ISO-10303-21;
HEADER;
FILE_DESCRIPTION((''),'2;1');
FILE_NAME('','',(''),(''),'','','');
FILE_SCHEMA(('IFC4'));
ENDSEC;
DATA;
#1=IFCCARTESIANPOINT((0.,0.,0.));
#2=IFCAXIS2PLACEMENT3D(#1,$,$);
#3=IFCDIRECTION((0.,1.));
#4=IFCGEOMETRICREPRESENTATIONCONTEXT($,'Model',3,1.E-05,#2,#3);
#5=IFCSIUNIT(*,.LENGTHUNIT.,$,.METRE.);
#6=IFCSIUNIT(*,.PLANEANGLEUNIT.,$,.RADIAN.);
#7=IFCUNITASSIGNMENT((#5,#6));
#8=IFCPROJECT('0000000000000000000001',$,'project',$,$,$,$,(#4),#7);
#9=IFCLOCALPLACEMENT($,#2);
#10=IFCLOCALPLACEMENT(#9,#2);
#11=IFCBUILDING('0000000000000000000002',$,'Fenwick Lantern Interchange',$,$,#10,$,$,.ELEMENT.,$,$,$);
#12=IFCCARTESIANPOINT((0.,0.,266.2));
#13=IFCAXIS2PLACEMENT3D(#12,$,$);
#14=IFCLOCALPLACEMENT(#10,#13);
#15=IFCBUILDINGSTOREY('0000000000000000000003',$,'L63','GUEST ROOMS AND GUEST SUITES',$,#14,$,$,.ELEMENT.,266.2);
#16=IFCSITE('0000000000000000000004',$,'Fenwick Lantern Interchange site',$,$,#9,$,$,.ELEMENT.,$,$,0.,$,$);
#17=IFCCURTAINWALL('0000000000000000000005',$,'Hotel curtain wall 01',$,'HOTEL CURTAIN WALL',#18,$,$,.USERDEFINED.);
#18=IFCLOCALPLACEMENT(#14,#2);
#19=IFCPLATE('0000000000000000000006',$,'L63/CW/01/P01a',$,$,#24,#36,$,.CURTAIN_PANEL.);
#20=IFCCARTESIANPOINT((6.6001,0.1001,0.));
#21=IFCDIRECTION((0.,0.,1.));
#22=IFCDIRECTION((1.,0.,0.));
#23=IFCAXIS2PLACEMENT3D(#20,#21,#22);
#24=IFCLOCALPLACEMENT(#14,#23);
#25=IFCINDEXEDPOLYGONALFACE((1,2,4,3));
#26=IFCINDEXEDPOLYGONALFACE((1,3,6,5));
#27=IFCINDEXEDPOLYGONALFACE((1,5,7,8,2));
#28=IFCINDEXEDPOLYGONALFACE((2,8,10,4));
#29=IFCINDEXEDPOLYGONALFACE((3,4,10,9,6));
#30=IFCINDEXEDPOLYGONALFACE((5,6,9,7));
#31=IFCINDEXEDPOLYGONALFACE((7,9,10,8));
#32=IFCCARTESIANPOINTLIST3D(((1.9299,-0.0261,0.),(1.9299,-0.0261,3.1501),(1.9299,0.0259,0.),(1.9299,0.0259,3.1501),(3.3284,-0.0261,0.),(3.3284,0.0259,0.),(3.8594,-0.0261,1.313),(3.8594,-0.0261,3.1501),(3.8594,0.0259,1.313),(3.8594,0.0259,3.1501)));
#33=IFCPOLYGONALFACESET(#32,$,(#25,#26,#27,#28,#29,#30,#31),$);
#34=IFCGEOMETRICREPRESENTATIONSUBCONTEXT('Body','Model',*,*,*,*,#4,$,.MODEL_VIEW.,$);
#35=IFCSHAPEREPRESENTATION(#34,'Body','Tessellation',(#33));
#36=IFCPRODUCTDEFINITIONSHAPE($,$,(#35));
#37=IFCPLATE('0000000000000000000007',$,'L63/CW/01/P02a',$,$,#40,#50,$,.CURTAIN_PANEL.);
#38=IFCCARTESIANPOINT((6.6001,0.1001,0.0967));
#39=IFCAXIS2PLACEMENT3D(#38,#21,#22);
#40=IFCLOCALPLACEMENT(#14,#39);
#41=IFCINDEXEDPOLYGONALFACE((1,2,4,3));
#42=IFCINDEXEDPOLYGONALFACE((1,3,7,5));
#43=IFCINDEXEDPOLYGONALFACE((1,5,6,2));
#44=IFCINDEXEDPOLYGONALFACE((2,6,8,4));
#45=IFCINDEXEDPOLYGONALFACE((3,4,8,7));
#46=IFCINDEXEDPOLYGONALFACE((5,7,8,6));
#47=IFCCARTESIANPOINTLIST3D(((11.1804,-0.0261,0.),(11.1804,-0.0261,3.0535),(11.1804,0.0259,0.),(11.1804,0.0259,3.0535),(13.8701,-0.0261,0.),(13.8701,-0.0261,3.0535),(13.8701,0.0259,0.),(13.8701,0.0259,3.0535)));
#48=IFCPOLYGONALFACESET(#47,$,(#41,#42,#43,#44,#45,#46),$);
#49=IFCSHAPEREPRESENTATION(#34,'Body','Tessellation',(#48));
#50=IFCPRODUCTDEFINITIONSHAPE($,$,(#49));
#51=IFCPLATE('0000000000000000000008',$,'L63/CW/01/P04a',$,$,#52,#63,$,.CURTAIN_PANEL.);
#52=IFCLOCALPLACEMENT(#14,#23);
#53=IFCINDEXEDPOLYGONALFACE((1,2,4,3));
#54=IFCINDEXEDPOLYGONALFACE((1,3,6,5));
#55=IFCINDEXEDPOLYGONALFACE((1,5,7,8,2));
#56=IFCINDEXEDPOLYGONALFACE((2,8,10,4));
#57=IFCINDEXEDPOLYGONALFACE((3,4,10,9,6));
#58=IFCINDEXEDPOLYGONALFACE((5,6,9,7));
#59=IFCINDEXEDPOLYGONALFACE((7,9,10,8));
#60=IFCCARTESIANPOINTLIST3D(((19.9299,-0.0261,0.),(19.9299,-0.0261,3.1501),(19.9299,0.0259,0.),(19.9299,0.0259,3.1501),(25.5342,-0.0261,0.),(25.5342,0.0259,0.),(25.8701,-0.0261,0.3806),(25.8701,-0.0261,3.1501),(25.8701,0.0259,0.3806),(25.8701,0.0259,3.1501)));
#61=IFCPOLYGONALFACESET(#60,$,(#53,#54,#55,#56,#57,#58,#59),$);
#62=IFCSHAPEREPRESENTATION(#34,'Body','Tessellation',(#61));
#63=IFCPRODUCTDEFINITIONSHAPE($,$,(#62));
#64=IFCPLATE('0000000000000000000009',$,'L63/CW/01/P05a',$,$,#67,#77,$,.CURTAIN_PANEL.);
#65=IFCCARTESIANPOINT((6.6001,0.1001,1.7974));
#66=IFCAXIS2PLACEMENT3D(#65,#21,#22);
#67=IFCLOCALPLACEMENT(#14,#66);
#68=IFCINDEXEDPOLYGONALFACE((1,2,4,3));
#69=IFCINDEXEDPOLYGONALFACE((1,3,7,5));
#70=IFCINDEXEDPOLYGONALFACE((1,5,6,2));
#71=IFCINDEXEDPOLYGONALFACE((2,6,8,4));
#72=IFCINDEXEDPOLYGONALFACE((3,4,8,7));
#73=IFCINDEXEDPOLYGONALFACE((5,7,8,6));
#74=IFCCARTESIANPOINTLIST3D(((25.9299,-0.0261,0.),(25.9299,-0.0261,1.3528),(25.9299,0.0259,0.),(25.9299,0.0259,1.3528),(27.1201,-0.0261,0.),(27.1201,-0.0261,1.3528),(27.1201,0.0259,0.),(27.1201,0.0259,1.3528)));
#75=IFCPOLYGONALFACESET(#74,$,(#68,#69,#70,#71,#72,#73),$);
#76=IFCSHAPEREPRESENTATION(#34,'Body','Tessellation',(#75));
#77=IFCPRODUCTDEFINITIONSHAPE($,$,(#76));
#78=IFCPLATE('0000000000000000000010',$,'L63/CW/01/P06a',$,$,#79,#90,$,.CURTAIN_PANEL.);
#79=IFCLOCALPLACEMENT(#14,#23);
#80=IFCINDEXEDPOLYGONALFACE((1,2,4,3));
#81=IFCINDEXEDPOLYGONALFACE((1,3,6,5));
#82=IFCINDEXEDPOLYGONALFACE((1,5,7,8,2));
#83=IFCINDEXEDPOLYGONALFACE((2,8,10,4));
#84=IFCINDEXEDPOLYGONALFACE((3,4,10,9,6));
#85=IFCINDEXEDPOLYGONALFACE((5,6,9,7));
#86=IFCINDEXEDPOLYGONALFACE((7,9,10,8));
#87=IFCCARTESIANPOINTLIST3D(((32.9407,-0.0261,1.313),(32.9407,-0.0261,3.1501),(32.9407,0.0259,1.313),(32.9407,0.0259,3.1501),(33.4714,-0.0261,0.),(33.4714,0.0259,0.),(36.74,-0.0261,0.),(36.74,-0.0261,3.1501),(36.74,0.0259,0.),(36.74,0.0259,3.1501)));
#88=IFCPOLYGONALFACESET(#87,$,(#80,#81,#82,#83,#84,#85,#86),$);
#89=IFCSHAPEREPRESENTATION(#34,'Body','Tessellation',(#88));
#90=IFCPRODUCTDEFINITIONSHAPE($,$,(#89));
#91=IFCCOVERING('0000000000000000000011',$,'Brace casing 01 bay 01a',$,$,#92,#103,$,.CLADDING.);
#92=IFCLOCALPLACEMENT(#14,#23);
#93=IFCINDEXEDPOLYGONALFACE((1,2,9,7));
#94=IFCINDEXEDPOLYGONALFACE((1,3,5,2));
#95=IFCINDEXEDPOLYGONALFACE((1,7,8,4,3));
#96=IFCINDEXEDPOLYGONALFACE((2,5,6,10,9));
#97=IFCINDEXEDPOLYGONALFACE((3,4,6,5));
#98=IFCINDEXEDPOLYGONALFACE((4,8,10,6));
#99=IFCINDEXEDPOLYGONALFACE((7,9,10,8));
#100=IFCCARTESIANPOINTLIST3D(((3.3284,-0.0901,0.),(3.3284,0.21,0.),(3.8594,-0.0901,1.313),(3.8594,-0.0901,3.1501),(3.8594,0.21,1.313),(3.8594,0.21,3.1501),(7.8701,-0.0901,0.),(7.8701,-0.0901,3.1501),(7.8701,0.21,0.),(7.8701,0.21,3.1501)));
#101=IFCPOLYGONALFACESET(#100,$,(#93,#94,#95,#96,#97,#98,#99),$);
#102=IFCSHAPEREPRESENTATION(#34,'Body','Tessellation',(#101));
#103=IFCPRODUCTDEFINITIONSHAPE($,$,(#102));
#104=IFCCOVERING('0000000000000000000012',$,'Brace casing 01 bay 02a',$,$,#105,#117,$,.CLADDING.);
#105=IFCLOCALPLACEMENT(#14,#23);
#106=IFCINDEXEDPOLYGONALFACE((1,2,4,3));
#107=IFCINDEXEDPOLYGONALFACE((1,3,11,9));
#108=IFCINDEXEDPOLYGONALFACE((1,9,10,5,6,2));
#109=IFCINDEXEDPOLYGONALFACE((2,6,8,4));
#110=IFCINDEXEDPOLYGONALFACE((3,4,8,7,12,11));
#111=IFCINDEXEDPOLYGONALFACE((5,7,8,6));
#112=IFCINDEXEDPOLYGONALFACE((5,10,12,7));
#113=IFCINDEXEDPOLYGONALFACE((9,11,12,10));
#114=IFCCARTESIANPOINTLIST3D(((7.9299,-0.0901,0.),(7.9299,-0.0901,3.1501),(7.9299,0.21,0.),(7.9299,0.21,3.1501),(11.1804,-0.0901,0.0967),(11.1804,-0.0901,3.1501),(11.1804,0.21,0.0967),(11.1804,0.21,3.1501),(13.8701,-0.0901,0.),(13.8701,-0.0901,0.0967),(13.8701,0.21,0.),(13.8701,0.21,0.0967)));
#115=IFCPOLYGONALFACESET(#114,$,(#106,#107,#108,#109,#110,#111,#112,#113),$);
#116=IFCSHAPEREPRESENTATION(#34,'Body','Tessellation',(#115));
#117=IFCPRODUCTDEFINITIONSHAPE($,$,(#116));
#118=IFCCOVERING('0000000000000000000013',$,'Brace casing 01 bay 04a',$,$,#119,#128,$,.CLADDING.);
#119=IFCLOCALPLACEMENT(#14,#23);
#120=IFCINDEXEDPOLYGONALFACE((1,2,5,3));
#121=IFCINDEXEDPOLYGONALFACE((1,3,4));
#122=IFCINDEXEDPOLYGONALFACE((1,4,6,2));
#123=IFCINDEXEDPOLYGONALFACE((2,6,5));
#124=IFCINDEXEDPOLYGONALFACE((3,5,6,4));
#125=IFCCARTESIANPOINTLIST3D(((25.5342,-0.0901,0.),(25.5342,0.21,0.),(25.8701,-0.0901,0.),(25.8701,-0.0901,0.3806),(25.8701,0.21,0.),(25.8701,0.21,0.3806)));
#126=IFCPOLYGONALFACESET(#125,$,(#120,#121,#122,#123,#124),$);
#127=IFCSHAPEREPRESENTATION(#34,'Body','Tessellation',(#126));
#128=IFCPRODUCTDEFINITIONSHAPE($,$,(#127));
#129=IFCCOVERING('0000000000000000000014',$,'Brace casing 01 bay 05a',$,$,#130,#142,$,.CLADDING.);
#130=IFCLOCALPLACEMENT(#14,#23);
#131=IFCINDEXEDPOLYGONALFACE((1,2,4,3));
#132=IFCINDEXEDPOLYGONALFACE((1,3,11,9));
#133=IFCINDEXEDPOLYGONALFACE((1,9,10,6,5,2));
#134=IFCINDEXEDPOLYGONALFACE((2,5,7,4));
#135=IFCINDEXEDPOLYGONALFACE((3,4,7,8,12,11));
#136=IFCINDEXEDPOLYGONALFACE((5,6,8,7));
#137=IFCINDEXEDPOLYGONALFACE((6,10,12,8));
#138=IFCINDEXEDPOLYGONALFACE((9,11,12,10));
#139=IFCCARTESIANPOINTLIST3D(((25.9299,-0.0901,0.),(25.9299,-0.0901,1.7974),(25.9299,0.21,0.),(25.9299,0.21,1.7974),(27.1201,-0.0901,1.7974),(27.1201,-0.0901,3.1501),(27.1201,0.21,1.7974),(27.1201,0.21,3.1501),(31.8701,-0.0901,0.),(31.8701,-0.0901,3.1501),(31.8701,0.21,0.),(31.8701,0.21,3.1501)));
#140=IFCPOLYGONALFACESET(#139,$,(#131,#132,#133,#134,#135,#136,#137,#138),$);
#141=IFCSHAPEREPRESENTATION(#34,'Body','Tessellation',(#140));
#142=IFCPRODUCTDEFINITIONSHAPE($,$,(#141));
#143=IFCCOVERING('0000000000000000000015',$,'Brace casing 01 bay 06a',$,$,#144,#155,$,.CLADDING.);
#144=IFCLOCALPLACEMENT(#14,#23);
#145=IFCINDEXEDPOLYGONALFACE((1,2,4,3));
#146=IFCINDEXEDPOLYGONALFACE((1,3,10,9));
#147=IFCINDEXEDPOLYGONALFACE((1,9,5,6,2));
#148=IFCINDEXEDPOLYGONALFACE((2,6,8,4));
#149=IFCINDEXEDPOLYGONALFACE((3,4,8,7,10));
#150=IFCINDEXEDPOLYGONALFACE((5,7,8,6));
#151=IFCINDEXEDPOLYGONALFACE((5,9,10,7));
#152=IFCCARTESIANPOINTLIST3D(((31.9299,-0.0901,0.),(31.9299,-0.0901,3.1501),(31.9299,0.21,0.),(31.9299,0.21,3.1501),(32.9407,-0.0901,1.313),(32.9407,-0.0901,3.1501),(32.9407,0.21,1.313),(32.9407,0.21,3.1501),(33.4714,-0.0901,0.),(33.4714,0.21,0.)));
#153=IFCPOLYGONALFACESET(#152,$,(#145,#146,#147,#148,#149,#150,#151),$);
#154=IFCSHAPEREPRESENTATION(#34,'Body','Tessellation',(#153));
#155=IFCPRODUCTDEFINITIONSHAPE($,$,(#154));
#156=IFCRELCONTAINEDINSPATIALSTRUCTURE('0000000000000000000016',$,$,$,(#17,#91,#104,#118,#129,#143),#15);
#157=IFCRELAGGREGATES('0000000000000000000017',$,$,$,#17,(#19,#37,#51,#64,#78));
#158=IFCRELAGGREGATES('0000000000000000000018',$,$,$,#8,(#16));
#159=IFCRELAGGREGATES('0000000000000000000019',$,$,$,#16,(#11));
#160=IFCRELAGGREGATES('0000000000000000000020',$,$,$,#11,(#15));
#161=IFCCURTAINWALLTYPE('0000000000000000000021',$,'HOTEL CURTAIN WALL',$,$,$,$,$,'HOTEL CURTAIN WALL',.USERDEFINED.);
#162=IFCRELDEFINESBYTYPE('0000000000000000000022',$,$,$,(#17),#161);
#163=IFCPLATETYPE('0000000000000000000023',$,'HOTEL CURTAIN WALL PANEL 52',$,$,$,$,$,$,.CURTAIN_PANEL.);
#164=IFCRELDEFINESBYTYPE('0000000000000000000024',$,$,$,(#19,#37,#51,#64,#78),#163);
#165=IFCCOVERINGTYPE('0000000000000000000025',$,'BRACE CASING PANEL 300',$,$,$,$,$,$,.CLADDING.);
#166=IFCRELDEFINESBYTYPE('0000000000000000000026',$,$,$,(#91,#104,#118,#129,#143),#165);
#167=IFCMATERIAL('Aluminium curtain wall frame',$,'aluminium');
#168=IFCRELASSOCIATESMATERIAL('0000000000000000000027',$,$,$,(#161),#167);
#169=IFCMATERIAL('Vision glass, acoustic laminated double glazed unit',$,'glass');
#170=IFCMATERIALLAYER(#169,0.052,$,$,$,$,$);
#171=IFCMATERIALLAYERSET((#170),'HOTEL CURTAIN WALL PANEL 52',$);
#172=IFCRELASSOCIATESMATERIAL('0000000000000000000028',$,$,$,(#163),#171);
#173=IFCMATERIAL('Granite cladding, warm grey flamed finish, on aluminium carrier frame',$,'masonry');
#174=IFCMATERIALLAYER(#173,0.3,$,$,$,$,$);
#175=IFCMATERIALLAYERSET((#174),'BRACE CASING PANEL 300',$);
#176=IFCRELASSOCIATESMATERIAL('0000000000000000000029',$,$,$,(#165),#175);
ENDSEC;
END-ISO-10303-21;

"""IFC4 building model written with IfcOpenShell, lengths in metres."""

from ifc_helpers import new_model, si_unit, direction, frame, origin, place, context, subcontext, project, spatial, polyline, outline, extrude, material, layer, layer_set, type_object, element, aggregate, save


model = new_model("IFC4")

# Units and contexts
model_context = context("Model", 3, precision=1e-05, world=origin(), true_north=direction((0.0, 1.0)))
body_context = subcontext(model_context, "Body", "Model", "MODEL_VIEW")
ifc_project = project(units=[si_unit("LENGTHUNIT", "METRE"), si_unit("PLANEANGLEUNIT", "RADIAN")], contexts=[model_context])

# Site, building, storey
site_placement = place(None, origin())
site = spatial("IfcSite", under=ifc_project, at=site_placement, Name="Fenwick Lantern Interchange site", CompositionType="ELEMENT", RefElevation=0.0)
building_placement = place(site_placement, origin())
building = spatial("IfcBuilding", under=site, at=building_placement, Name="Fenwick Lantern Interchange", CompositionType="ELEMENT")
storey_placement = place(building_placement, frame((0.0, 0.0, 266.2)))
storey = spatial("IfcBuildingStorey", under=building, at=storey_placement, Name="L63", Description="GUEST ROOMS AND GUEST SUITES", CompositionType="ELEMENT", Elevation=266.2)

# Curtain wall
ifc_material_1 = material(Name="Aluminium curtain wall frame", Category="aluminium")
curtain_wall_type = type_object("IfcCurtainWallType", Name="HOTEL CURTAIN WALL", ElementType="HOTEL CURTAIN WALL", PredefinedType="USERDEFINED", material=ifc_material_1)
curtain_wall_1_placement = place(storey_placement, origin())
curtain_wall_1 = element("IfcCurtainWall", 1, at=curtain_wall_1_placement, inside=storey, type_object=curtain_wall_type, Name="Hotel curtain wall 01", ObjectType="HOTEL CURTAIN WALL", PredefinedType="USERDEFINED")

# Plates
ifc_material_2 = material(Name="Vision glass, acoustic laminated double glazed unit", Category="glass")
ifc_layer_1 = layer(ifc_material_2, 0.052)
ifc_layer_set_1 = layer_set([ifc_layer_1], Name="HOTEL CURTAIN WALL PANEL 52")
plate_type = type_object("IfcPlateType", Name="HOTEL CURTAIN WALL PANEL 52", PredefinedType="CURTAIN_PANEL", material=ifc_layer_set_1)
plate_1_placement = place(storey_placement, frame((6.6001, 0.1001, 0.0), z_axis=(0.0, 0.0, 1.0), x_axis=(1.0, 0.0, 0.0)))
plate_1 = element("IfcPlate", 2, at=plate_1_placement, type_object=plate_type, Name="L63/CW/01/P01a", PredefinedType="CURTAIN_PANEL", context=body_context, shape_type="SweptSolid", body=[
    extrude(outline(polyline([(1.9299, 0.0), (3.3284, 0.0), (3.8594, 1.313), (3.8594, 3.1501), (1.9299, 3.1501), (1.9299, 0.0)])), frame((0.0, 0.0259, 0.0), z_axis=(0.0, -1.0, 0.0), x_axis=(1.0, 0.0, 0.0)), (0.0, 0.0, 1.0), 0.052),
])
plate_2_placement = place(storey_placement, frame((6.6001, 0.1001, 0.0967), z_axis=(0.0, 0.0, 1.0), x_axis=(1.0, 0.0, 0.0)))
plate_2 = element("IfcPlate", 3, at=plate_2_placement, type_object=plate_type, Name="L63/CW/01/P02a", PredefinedType="CURTAIN_PANEL", context=body_context, shape_type="SweptSolid", body=[
    extrude(outline(polyline([(11.1804, 0.0), (13.8701, 0.0), (13.8701, 3.0535), (11.1804, 3.0535), (11.1804, 0.0)])), frame((0.0, 0.0259, 0.0), z_axis=(0.0, -1.0, 0.0), x_axis=(1.0, 0.0, 0.0)), (0.0, 0.0, 1.0), 0.052),
])
plate_3_placement = place(storey_placement, frame((6.6001, 0.1001, 0.0), z_axis=(0.0, 0.0, 1.0), x_axis=(1.0, 0.0, 0.0)))
plate_3 = element("IfcPlate", 4, at=plate_3_placement, type_object=plate_type, Name="L63/CW/01/P04a", PredefinedType="CURTAIN_PANEL", context=body_context, shape_type="SweptSolid", body=[
    extrude(outline(polyline([(19.9299, 0.0), (25.5342, 0.0), (25.8701, 0.3806), (25.8701, 3.1501), (19.9299, 3.1501), (19.9299, 0.0)])), frame((0.0, 0.0259, 0.0), z_axis=(0.0, -1.0, 0.0), x_axis=(1.0, 0.0, 0.0)), (0.0, 0.0, 1.0), 0.052),
])
plate_4_placement = place(storey_placement, frame((6.6001, 0.1001, 1.7974), z_axis=(0.0, 0.0, 1.0), x_axis=(1.0, 0.0, 0.0)))
plate_4 = element("IfcPlate", 5, at=plate_4_placement, type_object=plate_type, Name="L63/CW/01/P05a", PredefinedType="CURTAIN_PANEL", context=body_context, shape_type="SweptSolid", body=[
    extrude(outline(polyline([(25.9299, 0.0), (27.1201, 0.0), (27.1201, 1.3528), (25.9299, 1.3528), (25.9299, 0.0)])), frame((0.0, 0.0259, 0.0), z_axis=(0.0, -1.0, 0.0), x_axis=(1.0, 0.0, 0.0)), (0.0, 0.0, 1.0), 0.052),
])
plate_5_placement = place(storey_placement, frame((6.6001, 0.1001, 0.0), z_axis=(0.0, 0.0, 1.0), x_axis=(1.0, 0.0, 0.0)))
plate_5 = element("IfcPlate", 6, at=plate_5_placement, type_object=plate_type, Name="L63/CW/01/P06a", PredefinedType="CURTAIN_PANEL", context=body_context, shape_type="SweptSolid", body=[
    extrude(outline(polyline([(33.4714, 0.0), (36.74, 0.0), (36.74, 3.1501), (32.9407, 3.1501), (32.9407, 1.313), (33.4714, 0.0)])), frame((0.0, 0.0259, 0.0), z_axis=(0.0, -1.0, 0.0), x_axis=(1.0, 0.0, 0.0)), (0.0, 0.0, 1.0), 0.052),
])
aggregate(curtain_wall_1, [plate_1, plate_2, plate_3, plate_4, plate_5])

# Coverings
ifc_material_3 = material(Name="Granite cladding, warm grey flamed finish, on aluminium carrier frame", Category="masonry")
ifc_layer_2 = layer(ifc_material_3, 0.3)
ifc_layer_set_2 = layer_set([ifc_layer_2], Name="BRACE CASING PANEL 300")
covering_type_1 = type_object("IfcCoveringType", Name="BRACE CASING PANEL 300", PredefinedType="CLADDING", material=ifc_layer_set_2)
covering_1_placement = place(storey_placement, frame((6.6001, 0.1001, 0.0), z_axis=(0.0, 0.0, 1.0), x_axis=(1.0, 0.0, 0.0)))
element("IfcCovering", 7, at=covering_1_placement, inside=storey, type_object=covering_type_1, Name="Brace casing 01 bay 01a", PredefinedType="CLADDING", context=body_context, shape_type="SweptSolid", body=[
    extrude(outline(polyline([(3.3284, 0.0), (7.8701, 0.0), (7.8701, 3.1501), (3.8594, 3.1501), (3.8594, 1.313), (3.3284, 0.0)])), frame((0.0, 0.21, 0.0), z_axis=(0.0, -1.0, 0.0), x_axis=(1.0, 0.0, 0.0)), (0.0, 0.0, 1.0), 0.3),
])
covering_2_placement = place(storey_placement, frame((6.6001, 0.1001, 0.0), z_axis=(0.0, 0.0, 1.0), x_axis=(1.0, 0.0, 0.0)))
element("IfcCovering", 8, at=covering_2_placement, inside=storey, type_object=covering_type_1, Name="Brace casing 01 bay 02a", PredefinedType="CLADDING", context=body_context, shape_type="SweptSolid", body=[
    extrude(outline(polyline([(7.9299, 0.0), (13.8701, 0.0), (13.8701, 0.0967), (11.1804, 0.0967), (11.1804, 3.1501), (7.9299, 3.1501), (7.9299, 0.0)])), frame((0.0, 0.21, 0.0), z_axis=(0.0, -1.0, 0.0), x_axis=(1.0, 0.0, 0.0)), (0.0, 0.0, 1.0), 0.3),
])
covering_3_placement = place(storey_placement, frame((6.6001, 0.1001, 0.0), z_axis=(0.0, 0.0, 1.0), x_axis=(1.0, 0.0, 0.0)))
element("IfcCovering", 9, at=covering_3_placement, inside=storey, type_object=covering_type_1, Name="Brace casing 01 bay 04a", PredefinedType="CLADDING", context=body_context, shape_type="SweptSolid", body=[
    extrude(outline(polyline([(25.5342, 0.0), (25.8701, 0.0), (25.8701, 0.3806), (25.5342, 0.0)])), frame((0.0, 0.21, 0.0), z_axis=(0.0, -1.0, 0.0), x_axis=(1.0, 0.0, 0.0)), (0.0, 0.0, 1.0), 0.3),
])
covering_4_placement = place(storey_placement, frame((6.6001, 0.1001, 0.0), z_axis=(0.0, 0.0, 1.0), x_axis=(1.0, 0.0, 0.0)))
element("IfcCovering", 10, at=covering_4_placement, inside=storey, type_object=covering_type_1, Name="Brace casing 01 bay 05a", PredefinedType="CLADDING", context=body_context, shape_type="SweptSolid", body=[
    extrude(outline(polyline([(25.9299, 0.0), (31.8701, 0.0), (31.8701, 3.1501), (27.1201, 3.1501), (27.1201, 1.7974), (25.9299, 1.7974), (25.9299, 0.0)])), frame((0.0, 0.21, 0.0), z_axis=(0.0, -1.0, 0.0), x_axis=(1.0, 0.0, 0.0)), (0.0, 0.0, 1.0), 0.3),
])
covering_5_placement = place(storey_placement, frame((6.6001, 0.1001, 0.0), z_axis=(0.0, 0.0, 1.0), x_axis=(1.0, 0.0, 0.0)))
element("IfcCovering", 11, at=covering_5_placement, inside=storey, type_object=covering_type_1, Name="Brace casing 01 bay 06a", PredefinedType="CLADDING", context=body_context, shape_type="SweptSolid", body=[
    extrude(outline(polyline([(31.9299, 0.0), (33.4714, 0.0), (32.9407, 1.313), (32.9407, 3.1501), (31.9299, 3.1501), (31.9299, 0.0)])), frame((0.0, 0.21, 0.0), z_axis=(0.0, -1.0, 0.0), x_axis=(1.0, 0.0, 0.0)), (0.0, 0.0, 1.0), 0.3),
])

save(model, "model.ifc")
